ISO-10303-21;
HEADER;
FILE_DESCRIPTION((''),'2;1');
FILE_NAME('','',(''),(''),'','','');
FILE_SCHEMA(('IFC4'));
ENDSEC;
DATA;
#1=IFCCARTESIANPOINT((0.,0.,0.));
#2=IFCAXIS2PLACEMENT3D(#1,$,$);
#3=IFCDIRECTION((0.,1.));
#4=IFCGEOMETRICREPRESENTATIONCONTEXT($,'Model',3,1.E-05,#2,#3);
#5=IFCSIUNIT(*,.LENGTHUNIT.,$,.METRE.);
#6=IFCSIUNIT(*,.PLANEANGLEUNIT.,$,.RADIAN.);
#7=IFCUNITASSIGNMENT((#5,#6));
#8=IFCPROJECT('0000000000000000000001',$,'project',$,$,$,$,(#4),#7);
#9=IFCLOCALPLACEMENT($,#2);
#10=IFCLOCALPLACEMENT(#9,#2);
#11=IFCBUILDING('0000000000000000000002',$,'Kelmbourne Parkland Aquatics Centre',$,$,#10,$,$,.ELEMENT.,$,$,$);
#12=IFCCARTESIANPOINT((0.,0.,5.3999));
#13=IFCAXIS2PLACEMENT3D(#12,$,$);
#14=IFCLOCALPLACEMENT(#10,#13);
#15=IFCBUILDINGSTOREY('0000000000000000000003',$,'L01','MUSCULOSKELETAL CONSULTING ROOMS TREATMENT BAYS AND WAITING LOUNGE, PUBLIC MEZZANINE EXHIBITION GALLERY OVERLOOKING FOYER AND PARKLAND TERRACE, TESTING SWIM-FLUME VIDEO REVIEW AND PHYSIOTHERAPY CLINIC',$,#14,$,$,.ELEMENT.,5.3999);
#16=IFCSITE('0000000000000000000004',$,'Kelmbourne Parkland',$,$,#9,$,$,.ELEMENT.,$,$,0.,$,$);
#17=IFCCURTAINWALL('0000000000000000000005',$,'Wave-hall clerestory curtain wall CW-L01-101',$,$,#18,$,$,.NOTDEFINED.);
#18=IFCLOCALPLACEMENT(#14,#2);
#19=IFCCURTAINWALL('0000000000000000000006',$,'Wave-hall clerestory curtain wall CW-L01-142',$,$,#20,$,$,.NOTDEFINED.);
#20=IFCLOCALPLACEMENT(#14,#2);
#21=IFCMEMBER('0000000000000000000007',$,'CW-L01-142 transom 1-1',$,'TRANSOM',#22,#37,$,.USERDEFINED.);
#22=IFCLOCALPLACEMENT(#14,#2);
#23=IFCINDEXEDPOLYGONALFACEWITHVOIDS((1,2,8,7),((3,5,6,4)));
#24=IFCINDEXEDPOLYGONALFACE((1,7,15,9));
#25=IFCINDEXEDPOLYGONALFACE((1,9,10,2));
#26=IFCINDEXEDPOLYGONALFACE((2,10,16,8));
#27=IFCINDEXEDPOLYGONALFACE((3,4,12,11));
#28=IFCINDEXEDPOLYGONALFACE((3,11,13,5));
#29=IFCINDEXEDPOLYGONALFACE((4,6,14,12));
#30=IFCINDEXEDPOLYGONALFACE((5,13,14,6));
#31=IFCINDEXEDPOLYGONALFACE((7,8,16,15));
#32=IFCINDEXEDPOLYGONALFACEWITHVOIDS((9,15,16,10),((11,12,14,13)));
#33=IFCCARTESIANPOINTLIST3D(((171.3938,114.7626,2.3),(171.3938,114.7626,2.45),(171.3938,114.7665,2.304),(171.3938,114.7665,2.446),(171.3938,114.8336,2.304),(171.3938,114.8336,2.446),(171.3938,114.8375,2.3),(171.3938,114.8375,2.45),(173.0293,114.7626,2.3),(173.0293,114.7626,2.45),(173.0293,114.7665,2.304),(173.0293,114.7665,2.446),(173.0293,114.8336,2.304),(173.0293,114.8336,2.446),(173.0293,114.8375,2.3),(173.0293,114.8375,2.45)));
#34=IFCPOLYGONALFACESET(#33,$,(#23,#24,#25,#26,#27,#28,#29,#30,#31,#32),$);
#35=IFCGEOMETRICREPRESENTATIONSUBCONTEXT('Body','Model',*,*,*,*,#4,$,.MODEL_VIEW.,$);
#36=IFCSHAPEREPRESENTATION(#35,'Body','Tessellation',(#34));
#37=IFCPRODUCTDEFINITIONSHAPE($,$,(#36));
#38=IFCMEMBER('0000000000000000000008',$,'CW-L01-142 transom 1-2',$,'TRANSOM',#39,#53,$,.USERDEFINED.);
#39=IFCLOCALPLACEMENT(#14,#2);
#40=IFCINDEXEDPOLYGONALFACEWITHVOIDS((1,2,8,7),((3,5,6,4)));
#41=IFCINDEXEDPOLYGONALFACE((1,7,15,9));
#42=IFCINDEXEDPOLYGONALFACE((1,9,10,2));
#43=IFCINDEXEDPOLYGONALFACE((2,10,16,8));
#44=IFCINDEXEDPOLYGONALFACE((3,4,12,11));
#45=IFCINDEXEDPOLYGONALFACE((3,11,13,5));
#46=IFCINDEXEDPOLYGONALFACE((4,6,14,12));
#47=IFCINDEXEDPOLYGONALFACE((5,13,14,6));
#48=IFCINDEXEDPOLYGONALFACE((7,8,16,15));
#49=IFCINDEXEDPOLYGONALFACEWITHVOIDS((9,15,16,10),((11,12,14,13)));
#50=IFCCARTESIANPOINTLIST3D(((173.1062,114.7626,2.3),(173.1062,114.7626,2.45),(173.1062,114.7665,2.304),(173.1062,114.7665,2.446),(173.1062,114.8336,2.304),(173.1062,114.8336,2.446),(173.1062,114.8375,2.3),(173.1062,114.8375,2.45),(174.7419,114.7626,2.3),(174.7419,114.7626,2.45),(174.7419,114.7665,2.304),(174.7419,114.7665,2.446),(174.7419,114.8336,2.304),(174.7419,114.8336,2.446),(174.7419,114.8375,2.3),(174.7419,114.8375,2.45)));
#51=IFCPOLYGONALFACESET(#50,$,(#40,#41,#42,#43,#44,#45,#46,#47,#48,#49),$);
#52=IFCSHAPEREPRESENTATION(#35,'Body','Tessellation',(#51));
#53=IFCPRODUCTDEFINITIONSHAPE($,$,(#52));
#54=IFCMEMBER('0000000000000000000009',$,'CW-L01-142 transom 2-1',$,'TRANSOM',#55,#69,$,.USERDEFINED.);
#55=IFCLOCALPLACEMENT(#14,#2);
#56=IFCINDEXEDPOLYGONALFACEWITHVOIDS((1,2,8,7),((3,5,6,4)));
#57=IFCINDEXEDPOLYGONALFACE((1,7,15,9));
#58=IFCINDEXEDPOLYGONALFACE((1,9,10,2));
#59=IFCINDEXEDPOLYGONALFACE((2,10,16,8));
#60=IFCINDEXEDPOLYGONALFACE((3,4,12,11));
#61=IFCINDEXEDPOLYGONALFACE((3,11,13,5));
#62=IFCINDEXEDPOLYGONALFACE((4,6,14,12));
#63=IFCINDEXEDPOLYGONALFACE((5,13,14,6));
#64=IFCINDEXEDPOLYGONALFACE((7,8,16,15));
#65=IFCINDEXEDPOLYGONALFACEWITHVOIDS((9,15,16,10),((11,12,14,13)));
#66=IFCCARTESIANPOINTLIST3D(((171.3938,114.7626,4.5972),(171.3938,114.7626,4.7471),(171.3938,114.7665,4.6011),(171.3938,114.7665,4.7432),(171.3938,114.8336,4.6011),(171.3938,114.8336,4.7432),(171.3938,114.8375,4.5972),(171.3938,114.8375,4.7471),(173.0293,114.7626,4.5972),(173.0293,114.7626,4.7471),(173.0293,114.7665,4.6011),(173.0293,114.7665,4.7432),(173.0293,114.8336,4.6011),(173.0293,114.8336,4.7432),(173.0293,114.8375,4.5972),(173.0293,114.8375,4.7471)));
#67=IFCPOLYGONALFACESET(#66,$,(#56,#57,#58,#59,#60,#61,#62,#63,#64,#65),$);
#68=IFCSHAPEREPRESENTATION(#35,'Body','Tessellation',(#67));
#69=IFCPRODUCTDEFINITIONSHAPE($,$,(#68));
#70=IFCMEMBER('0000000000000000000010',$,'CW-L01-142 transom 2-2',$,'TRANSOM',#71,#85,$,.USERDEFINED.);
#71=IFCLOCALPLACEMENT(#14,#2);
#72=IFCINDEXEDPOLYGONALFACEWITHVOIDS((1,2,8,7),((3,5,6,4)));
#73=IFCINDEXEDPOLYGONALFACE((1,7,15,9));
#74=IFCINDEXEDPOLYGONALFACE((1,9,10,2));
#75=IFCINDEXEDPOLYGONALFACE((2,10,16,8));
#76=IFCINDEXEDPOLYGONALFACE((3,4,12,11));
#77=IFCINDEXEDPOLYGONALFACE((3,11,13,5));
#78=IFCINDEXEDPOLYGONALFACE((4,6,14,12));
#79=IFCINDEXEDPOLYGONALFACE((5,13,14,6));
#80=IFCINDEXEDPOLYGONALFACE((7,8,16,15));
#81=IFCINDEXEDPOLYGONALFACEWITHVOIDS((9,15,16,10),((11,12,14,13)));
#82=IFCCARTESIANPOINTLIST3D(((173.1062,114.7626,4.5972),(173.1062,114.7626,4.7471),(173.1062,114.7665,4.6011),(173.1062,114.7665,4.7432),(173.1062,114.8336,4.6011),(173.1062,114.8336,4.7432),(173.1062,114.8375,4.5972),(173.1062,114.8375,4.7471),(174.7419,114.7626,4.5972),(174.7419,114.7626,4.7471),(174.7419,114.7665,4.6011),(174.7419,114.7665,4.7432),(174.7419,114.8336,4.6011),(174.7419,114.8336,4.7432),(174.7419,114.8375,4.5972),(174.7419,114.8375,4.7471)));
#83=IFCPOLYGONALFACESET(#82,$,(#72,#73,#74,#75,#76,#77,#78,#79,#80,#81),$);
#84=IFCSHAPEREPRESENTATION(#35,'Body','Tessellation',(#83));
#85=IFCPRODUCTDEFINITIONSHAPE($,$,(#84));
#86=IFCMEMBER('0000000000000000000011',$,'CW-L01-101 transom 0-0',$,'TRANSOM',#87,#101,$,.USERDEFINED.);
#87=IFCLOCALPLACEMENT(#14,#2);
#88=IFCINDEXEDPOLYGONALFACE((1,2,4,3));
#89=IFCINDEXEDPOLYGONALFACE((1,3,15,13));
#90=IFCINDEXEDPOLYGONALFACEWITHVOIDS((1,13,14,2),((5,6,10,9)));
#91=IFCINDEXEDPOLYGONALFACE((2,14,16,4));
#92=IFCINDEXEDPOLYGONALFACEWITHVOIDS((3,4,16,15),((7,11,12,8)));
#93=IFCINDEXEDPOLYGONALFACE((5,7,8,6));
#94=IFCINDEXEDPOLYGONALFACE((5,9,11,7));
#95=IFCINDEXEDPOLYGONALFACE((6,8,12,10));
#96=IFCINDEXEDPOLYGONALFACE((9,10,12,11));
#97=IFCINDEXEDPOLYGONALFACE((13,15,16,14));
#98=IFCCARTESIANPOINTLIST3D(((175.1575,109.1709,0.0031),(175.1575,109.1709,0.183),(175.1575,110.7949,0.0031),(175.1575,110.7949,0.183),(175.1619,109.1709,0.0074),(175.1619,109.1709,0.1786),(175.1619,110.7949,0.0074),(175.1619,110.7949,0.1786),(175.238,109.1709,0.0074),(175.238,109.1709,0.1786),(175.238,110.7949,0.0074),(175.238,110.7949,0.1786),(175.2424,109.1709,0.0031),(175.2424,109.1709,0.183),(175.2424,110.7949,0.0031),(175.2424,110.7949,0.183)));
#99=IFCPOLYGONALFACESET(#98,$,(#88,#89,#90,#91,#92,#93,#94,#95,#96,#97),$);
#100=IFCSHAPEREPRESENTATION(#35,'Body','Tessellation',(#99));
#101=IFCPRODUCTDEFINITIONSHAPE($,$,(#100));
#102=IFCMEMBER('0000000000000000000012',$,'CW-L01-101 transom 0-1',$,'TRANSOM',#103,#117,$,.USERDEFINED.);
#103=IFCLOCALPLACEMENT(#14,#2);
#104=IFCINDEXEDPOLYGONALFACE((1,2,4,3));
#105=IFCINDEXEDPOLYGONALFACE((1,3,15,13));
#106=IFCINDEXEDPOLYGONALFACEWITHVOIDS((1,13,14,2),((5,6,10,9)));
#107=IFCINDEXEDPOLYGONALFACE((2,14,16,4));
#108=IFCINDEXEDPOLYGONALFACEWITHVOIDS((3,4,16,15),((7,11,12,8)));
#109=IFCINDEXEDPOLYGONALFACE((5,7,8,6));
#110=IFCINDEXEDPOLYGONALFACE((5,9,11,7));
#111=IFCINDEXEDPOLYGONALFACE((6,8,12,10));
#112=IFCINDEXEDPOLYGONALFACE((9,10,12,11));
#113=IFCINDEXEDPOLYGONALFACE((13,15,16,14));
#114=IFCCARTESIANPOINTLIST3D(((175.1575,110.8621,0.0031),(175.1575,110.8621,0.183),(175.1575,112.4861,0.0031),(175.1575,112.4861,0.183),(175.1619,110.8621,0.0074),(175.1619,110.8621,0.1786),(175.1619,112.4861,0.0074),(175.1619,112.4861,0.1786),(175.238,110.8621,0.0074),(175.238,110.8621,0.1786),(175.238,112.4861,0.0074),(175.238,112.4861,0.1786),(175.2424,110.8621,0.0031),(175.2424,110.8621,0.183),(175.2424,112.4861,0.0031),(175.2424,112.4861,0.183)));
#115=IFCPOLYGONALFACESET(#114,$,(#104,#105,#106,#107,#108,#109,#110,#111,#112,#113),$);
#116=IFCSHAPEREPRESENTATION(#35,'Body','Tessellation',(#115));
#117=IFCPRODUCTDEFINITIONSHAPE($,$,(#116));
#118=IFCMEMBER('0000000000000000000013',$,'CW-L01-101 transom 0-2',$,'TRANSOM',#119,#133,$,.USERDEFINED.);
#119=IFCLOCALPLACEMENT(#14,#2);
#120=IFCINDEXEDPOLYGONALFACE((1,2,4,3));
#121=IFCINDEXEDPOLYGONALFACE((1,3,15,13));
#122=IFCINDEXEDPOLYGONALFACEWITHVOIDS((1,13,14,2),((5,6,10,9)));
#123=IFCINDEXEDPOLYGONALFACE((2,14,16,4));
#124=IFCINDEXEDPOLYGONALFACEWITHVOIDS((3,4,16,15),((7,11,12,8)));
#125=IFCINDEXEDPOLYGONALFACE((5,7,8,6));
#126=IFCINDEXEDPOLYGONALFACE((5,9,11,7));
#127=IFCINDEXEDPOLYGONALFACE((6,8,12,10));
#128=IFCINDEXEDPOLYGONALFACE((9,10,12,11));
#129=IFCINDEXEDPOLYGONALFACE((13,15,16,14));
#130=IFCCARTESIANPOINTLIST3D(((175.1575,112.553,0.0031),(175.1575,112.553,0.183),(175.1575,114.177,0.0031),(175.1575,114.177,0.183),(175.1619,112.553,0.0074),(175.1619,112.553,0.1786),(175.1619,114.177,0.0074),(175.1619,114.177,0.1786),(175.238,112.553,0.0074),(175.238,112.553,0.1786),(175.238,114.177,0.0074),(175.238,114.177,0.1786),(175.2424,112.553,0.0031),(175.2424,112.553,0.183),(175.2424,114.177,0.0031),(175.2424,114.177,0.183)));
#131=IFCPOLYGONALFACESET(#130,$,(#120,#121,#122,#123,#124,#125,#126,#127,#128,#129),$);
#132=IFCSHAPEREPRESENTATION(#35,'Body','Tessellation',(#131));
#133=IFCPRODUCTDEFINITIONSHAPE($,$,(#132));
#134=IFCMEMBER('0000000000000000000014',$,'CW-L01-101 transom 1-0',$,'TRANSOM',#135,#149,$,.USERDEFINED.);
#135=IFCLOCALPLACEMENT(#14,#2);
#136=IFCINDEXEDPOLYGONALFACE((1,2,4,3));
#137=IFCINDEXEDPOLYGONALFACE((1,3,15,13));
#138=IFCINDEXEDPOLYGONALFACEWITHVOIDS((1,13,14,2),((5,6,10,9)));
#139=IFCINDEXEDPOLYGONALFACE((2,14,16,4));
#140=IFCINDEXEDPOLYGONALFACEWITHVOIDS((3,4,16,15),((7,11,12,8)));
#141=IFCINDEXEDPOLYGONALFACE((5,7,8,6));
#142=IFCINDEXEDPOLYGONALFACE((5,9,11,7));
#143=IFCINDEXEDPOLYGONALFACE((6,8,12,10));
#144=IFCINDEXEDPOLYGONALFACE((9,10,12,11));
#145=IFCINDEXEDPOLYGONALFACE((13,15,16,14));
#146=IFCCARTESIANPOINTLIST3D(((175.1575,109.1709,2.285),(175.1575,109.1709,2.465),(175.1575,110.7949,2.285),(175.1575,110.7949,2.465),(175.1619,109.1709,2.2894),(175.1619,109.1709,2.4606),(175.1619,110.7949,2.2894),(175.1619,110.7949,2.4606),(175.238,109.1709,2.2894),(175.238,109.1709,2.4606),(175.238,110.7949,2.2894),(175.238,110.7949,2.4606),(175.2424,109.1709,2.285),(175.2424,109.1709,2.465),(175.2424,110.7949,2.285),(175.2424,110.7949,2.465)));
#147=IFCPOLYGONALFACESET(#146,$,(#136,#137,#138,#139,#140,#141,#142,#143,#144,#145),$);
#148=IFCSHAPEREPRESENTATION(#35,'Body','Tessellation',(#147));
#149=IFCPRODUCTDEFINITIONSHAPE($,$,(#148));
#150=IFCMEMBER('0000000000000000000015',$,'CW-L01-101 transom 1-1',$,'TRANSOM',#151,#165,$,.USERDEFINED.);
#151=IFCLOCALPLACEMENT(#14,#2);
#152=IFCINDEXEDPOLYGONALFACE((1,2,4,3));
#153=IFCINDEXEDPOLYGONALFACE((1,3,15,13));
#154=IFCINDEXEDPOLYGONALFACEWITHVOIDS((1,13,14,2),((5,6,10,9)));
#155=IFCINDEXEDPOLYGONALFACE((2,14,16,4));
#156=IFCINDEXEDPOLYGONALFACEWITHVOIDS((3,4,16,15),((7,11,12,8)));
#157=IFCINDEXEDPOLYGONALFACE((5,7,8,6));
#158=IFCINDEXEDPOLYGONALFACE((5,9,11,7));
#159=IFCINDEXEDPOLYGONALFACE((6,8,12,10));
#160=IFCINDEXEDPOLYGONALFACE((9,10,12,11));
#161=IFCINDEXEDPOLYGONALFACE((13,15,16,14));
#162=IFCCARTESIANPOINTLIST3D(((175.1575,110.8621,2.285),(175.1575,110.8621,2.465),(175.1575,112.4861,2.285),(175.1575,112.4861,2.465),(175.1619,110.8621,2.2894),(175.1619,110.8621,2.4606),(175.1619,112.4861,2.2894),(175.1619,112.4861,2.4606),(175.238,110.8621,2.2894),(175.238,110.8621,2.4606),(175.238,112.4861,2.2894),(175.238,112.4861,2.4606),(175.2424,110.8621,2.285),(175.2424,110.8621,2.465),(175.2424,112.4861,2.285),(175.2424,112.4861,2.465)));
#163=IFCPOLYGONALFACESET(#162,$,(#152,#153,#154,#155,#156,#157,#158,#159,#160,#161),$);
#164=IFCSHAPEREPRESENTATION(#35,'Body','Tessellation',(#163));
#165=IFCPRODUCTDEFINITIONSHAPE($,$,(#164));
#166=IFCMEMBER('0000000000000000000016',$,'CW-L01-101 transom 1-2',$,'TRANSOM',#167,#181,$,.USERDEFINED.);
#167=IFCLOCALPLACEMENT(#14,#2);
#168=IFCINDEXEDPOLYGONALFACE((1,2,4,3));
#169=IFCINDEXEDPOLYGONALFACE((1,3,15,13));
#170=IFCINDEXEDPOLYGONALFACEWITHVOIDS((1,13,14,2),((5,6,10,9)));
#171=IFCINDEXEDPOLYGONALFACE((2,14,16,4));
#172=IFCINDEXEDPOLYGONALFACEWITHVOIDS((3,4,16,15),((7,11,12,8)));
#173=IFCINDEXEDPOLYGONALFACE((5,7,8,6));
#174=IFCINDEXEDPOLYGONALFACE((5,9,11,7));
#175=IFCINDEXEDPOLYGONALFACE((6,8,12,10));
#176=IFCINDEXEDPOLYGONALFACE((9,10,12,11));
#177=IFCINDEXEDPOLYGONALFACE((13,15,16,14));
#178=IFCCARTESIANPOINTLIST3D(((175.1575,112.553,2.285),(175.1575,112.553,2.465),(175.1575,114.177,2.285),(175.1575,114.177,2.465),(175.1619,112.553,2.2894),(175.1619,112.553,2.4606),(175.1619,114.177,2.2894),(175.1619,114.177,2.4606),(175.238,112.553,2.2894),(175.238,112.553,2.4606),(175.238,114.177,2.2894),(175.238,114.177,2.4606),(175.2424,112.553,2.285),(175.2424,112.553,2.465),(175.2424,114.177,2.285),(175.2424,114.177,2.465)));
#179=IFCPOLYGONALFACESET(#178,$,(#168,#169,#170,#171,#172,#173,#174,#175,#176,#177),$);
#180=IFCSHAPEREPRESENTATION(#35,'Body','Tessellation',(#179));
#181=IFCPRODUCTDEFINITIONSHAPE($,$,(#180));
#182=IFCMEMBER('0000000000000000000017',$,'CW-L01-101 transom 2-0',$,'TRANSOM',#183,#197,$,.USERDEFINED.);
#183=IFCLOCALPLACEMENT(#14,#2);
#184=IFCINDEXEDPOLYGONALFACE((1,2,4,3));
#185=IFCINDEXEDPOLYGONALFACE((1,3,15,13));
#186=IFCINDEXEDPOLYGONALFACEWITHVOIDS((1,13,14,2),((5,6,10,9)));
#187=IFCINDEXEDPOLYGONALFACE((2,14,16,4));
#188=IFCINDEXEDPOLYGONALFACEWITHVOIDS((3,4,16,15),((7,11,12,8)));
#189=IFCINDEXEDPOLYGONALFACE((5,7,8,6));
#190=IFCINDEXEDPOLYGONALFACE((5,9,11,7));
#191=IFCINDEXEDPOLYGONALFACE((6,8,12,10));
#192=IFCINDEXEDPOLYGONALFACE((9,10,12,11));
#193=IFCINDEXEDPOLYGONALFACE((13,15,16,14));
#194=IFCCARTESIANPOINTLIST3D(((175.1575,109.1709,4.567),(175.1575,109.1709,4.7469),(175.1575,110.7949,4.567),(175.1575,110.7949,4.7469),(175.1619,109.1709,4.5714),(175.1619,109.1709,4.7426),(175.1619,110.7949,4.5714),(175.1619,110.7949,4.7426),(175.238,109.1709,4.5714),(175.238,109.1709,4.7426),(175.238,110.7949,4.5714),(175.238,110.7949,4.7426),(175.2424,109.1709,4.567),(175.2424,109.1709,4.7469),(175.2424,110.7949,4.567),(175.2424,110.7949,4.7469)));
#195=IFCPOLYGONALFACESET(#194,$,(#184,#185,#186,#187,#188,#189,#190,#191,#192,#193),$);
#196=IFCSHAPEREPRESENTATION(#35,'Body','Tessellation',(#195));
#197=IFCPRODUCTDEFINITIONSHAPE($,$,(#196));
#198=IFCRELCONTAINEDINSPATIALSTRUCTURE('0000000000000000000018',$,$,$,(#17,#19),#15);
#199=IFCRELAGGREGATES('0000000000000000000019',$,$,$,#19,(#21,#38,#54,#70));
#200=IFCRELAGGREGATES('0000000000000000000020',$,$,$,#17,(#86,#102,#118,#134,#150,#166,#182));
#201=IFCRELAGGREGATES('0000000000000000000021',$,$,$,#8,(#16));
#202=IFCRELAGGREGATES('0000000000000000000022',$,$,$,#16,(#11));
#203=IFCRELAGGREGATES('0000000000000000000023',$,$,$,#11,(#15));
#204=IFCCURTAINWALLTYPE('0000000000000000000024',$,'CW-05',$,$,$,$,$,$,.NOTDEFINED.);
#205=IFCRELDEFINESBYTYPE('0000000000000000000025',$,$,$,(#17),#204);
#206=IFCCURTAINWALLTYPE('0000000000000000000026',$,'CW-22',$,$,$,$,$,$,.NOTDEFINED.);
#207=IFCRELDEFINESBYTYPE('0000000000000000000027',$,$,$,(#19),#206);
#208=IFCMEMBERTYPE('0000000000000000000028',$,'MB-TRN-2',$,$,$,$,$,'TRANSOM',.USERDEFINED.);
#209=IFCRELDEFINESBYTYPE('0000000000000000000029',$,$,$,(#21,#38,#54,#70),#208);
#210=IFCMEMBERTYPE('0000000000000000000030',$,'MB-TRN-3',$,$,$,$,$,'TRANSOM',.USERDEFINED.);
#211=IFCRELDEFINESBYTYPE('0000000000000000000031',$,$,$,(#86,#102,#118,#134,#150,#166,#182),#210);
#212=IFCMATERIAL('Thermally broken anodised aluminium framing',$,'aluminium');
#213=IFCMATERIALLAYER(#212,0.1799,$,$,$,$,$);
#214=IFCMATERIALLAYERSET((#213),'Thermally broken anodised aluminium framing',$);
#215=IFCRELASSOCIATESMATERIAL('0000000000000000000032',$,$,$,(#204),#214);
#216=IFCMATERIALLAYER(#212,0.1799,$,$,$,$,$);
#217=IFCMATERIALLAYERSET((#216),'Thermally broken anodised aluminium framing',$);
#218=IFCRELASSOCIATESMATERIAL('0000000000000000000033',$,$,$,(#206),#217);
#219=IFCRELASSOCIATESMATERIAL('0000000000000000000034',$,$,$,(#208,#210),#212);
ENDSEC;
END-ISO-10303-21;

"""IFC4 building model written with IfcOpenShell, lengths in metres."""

from ifc_helpers import new_model, si_unit, direction, frame, origin, origin_2d, place, context, subcontext, project, spatial, hollow_rectangle, extrude, material, layer, layer_set, material_profile, profile_set, type_object, element, aggregate, save


model = new_model("IFC4")

# Units and contexts
model_context = context("Model", 3, precision=1e-05, world=origin(), true_north=direction((0.0, 1.0)))
body_context = subcontext(model_context, "Body", "Model", "MODEL_VIEW")
ifc_project = project(units=[si_unit("LENGTHUNIT", "METRE"), si_unit("PLANEANGLEUNIT", "RADIAN")], contexts=[model_context])

# Site, building, storey
site_placement = place(None, origin())
site = spatial("IfcSite", under=ifc_project, at=site_placement, Name="Kelmbourne Parkland", CompositionType="ELEMENT", RefElevation=0.0)
building_placement = place(site_placement, origin())
building = spatial("IfcBuilding", under=site, at=building_placement, Name="Kelmbourne Parkland Aquatics Centre", CompositionType="ELEMENT")
storey_placement = place(building_placement, frame((0.0, 0.0, 5.3999)))
storey = spatial("IfcBuildingStorey", under=building, at=storey_placement, Name="L01", Description="MUSCULOSKELETAL CONSULTING ROOMS TREATMENT BAYS AND WAITING LOUNGE, PUBLIC MEZZANINE EXHIBITION GALLERY OVERLOOKING FOYER AND PARKLAND TERRACE, TESTING SWIM-FLUME VIDEO REVIEW AND PHYSIOTHERAPY CLINIC", CompositionType="ELEMENT", Elevation=5.3999)

# Curtain wall
ifc_material_1 = material(Name="Thermally broken anodised aluminium framing", Category="aluminium")
ifc_layer_1 = layer(ifc_material_1, 0.1799)
ifc_layer_set_1 = layer_set([ifc_layer_1], Name="Thermally broken anodised aluminium framing")
curtain_wall_type_1 = type_object("IfcCurtainWallType", Name="CW-05", PredefinedType="NOTDEFINED", material=ifc_layer_set_1)
curtain_wall_1_placement = place(storey_placement, origin())
curtain_wall_1 = element("IfcCurtainWall", 1, at=curtain_wall_1_placement, inside=storey, type_object=curtain_wall_type_1, Name="Wave-hall clerestory curtain wall CW-L01-101", PredefinedType="NOTDEFINED")

# Curtain wall, members
ifc_layer_2 = layer(ifc_material_1, 0.1799)
ifc_layer_set_2 = layer_set([ifc_layer_2], Name="Thermally broken anodised aluminium framing")
curtain_wall_type_2 = type_object("IfcCurtainWallType", Name="CW-22", PredefinedType="NOTDEFINED", material=ifc_layer_set_2)
curtain_wall_2_placement = place(storey_placement, origin())
curtain_wall_2 = element("IfcCurtainWall", 2, at=curtain_wall_2_placement, inside=storey, type_object=curtain_wall_type_2, Name="Wave-hall clerestory curtain wall CW-L01-142", PredefinedType="NOTDEFINED")
ifc_material_profile_1 = material_profile(ifc_material_1, hollow_rectangle(XDim=0.075, YDim=0.1499, WallThickness=0.0039, at=origin_2d()), Name="CW-T 75x150")
ifc_profile_set_1 = profile_set([ifc_material_profile_1], Name="Thermally broken anodised aluminium framing")
member_type_1 = type_object("IfcMemberType", Name="MB-TRN-2", ElementType="TRANSOM", PredefinedType="USERDEFINED", material=ifc_profile_set_1)
member_1_placement = place(storey_placement, frame((171.3938, 114.8, 2.375), z_axis=(1.0, 0.0, 0.0), x_axis=(0.0, 1.0, 0.0)))
member_1 = element("IfcMember", 3, at=member_1_placement, type_object=member_type_1, Name="CW-L01-142 transom 1-1", ObjectType="TRANSOM", PredefinedType="USERDEFINED", context=body_context, shape_type="SweptSolid", body=[
    extrude(hollow_rectangle(XDim=0.075, YDim=0.1499, WallThickness=0.0039, at=origin_2d()), origin(), (0.0, 0.0, 1.0), 1.6355),
])
member_2_placement = place(storey_placement, frame((173.1062, 114.8, 2.375), z_axis=(1.0, 0.0, 0.0), x_axis=(0.0, 1.0, 0.0)))
member_2 = element("IfcMember", 4, at=member_2_placement, type_object=member_type_1, Name="CW-L01-142 transom 1-2", ObjectType="TRANSOM", PredefinedType="USERDEFINED", context=body_context, shape_type="SweptSolid", body=[
    extrude(hollow_rectangle(XDim=0.075, YDim=0.1499, WallThickness=0.0039, at=origin_2d()), origin(), (0.0, 0.0, 1.0), 1.6357),
])
member_3_placement = place(storey_placement, frame((171.3938, 114.8, 4.6721), z_axis=(1.0, 0.0, 0.0), x_axis=(0.0, 1.0, 0.0)))
member_3 = element("IfcMember", 5, at=member_3_placement, type_object=member_type_1, Name="CW-L01-142 transom 2-1", ObjectType="TRANSOM", PredefinedType="USERDEFINED", context=body_context, shape_type="SweptSolid", body=[
    extrude(hollow_rectangle(XDim=0.075, YDim=0.1499, WallThickness=0.0039, at=origin_2d()), origin(), (0.0, 0.0, 1.0), 1.6355),
])
member_4_placement = place(storey_placement, frame((173.1062, 114.8, 4.6721), z_axis=(1.0, 0.0, 0.0), x_axis=(0.0, 1.0, 0.0)))
member_4 = element("IfcMember", 6, at=member_4_placement, type_object=member_type_1, Name="CW-L01-142 transom 2-2", ObjectType="TRANSOM", PredefinedType="USERDEFINED", context=body_context, shape_type="SweptSolid", body=[
    extrude(hollow_rectangle(XDim=0.075, YDim=0.1499, WallThickness=0.0039, at=origin_2d()), origin(), (0.0, 0.0, 1.0), 1.6357),
])

# Members
ifc_material_profile_2 = material_profile(ifc_material_1, hollow_rectangle(XDim=0.085, YDim=0.1799, WallThickness=0.0044, at=origin_2d()), Name="CW-T 85x180")
ifc_profile_set_2 = profile_set([ifc_material_profile_2], Name="Thermally broken anodised aluminium framing")
member_type_2 = type_object("IfcMemberType", Name="MB-TRN-3", ElementType="TRANSOM", PredefinedType="USERDEFINED", material=ifc_profile_set_2)
member_5_placement = place(storey_placement, frame((175.2, 109.1709, 0.093), z_axis=(0.0, 1.0, 0.0), x_axis=(-1.0, 0.0, 0.0)))
member_5 = element("IfcMember", 7, at=member_5_placement, type_object=member_type_2, Name="CW-L01-101 transom 0-0", ObjectType="TRANSOM", PredefinedType="USERDEFINED", context=body_context, shape_type="SweptSolid", body=[
    extrude(hollow_rectangle(XDim=0.085, YDim=0.1799, WallThickness=0.0044, at=origin_2d()), origin(), (0.0, 0.0, 1.0), 1.624),
])
member_6_placement = place(storey_placement, frame((175.2, 110.8621, 0.093), z_axis=(0.0, 1.0, 0.0), x_axis=(-1.0, 0.0, 0.0)))
member_6 = element("IfcMember", 8, at=member_6_placement, type_object=member_type_2, Name="CW-L01-101 transom 0-1", ObjectType="TRANSOM", PredefinedType="USERDEFINED", context=body_context, shape_type="SweptSolid", body=[
    extrude(hollow_rectangle(XDim=0.085, YDim=0.1799, WallThickness=0.0044, at=origin_2d()), origin(), (0.0, 0.0, 1.0), 1.624),
])
member_7_placement = place(storey_placement, frame((175.2, 112.553, 0.093), z_axis=(0.0, 1.0, 0.0), x_axis=(-1.0, 0.0, 0.0)))
member_7 = element("IfcMember", 9, at=member_7_placement, type_object=member_type_2, Name="CW-L01-101 transom 0-2", ObjectType="TRANSOM", PredefinedType="USERDEFINED", context=body_context, shape_type="SweptSolid", body=[
    extrude(hollow_rectangle(XDim=0.085, YDim=0.1799, WallThickness=0.0044, at=origin_2d()), origin(), (0.0, 0.0, 1.0), 1.624),
])
member_8_placement = place(storey_placement, frame((175.2, 109.1709, 2.375), z_axis=(0.0, 1.0, 0.0), x_axis=(-1.0, 0.0, 0.0)))
member_8 = element("IfcMember", 10, at=member_8_placement, type_object=member_type_2, Name="CW-L01-101 transom 1-0", ObjectType="TRANSOM", PredefinedType="USERDEFINED", context=body_context, shape_type="SweptSolid", body=[
    extrude(hollow_rectangle(XDim=0.085, YDim=0.1799, WallThickness=0.0044, at=origin_2d()), origin(), (0.0, 0.0, 1.0), 1.624),
])
member_9_placement = place(storey_placement, frame((175.2, 110.8621, 2.375), z_axis=(0.0, 1.0, 0.0), x_axis=(-1.0, 0.0, 0.0)))
member_9 = element("IfcMember", 11, at=member_9_placement, type_object=member_type_2, Name="CW-L01-101 transom 1-1", ObjectType="TRANSOM", PredefinedType="USERDEFINED", context=body_context, shape_type="SweptSolid", body=[
    extrude(hollow_rectangle(XDim=0.085, YDim=0.1799, WallThickness=0.0044, at=origin_2d()), origin(), (0.0, 0.0, 1.0), 1.624),
])
member_10_placement = place(storey_placement, frame((175.2, 112.553, 2.375), z_axis=(0.0, 1.0, 0.0), x_axis=(-1.0, 0.0, 0.0)))
member_10 = element("IfcMember", 12, at=member_10_placement, type_object=member_type_2, Name="CW-L01-101 transom 1-2", ObjectType="TRANSOM", PredefinedType="USERDEFINED", context=body_context, shape_type="SweptSolid", body=[
    extrude(hollow_rectangle(XDim=0.085, YDim=0.1799, WallThickness=0.0044, at=origin_2d()), origin(), (0.0, 0.0, 1.0), 1.624),
])
member_11_placement = place(storey_placement, frame((175.2, 109.1709, 4.657), z_axis=(0.0, 1.0, 0.0), x_axis=(-1.0, 0.0, 0.0)))
member_11 = element("IfcMember", 13, at=member_11_placement, type_object=member_type_2, Name="CW-L01-101 transom 2-0", ObjectType="TRANSOM", PredefinedType="USERDEFINED", context=body_context, shape_type="SweptSolid", body=[
    extrude(hollow_rectangle(XDim=0.085, YDim=0.1799, WallThickness=0.0044, at=origin_2d()), origin(), (0.0, 0.0, 1.0), 1.624),
])

aggregate(curtain_wall_2, [member_1, member_2, member_3, member_4])
aggregate(curtain_wall_1, [member_5, member_6, member_7, member_8, member_9, member_10, member_11])

save(model, "model.ifc")
